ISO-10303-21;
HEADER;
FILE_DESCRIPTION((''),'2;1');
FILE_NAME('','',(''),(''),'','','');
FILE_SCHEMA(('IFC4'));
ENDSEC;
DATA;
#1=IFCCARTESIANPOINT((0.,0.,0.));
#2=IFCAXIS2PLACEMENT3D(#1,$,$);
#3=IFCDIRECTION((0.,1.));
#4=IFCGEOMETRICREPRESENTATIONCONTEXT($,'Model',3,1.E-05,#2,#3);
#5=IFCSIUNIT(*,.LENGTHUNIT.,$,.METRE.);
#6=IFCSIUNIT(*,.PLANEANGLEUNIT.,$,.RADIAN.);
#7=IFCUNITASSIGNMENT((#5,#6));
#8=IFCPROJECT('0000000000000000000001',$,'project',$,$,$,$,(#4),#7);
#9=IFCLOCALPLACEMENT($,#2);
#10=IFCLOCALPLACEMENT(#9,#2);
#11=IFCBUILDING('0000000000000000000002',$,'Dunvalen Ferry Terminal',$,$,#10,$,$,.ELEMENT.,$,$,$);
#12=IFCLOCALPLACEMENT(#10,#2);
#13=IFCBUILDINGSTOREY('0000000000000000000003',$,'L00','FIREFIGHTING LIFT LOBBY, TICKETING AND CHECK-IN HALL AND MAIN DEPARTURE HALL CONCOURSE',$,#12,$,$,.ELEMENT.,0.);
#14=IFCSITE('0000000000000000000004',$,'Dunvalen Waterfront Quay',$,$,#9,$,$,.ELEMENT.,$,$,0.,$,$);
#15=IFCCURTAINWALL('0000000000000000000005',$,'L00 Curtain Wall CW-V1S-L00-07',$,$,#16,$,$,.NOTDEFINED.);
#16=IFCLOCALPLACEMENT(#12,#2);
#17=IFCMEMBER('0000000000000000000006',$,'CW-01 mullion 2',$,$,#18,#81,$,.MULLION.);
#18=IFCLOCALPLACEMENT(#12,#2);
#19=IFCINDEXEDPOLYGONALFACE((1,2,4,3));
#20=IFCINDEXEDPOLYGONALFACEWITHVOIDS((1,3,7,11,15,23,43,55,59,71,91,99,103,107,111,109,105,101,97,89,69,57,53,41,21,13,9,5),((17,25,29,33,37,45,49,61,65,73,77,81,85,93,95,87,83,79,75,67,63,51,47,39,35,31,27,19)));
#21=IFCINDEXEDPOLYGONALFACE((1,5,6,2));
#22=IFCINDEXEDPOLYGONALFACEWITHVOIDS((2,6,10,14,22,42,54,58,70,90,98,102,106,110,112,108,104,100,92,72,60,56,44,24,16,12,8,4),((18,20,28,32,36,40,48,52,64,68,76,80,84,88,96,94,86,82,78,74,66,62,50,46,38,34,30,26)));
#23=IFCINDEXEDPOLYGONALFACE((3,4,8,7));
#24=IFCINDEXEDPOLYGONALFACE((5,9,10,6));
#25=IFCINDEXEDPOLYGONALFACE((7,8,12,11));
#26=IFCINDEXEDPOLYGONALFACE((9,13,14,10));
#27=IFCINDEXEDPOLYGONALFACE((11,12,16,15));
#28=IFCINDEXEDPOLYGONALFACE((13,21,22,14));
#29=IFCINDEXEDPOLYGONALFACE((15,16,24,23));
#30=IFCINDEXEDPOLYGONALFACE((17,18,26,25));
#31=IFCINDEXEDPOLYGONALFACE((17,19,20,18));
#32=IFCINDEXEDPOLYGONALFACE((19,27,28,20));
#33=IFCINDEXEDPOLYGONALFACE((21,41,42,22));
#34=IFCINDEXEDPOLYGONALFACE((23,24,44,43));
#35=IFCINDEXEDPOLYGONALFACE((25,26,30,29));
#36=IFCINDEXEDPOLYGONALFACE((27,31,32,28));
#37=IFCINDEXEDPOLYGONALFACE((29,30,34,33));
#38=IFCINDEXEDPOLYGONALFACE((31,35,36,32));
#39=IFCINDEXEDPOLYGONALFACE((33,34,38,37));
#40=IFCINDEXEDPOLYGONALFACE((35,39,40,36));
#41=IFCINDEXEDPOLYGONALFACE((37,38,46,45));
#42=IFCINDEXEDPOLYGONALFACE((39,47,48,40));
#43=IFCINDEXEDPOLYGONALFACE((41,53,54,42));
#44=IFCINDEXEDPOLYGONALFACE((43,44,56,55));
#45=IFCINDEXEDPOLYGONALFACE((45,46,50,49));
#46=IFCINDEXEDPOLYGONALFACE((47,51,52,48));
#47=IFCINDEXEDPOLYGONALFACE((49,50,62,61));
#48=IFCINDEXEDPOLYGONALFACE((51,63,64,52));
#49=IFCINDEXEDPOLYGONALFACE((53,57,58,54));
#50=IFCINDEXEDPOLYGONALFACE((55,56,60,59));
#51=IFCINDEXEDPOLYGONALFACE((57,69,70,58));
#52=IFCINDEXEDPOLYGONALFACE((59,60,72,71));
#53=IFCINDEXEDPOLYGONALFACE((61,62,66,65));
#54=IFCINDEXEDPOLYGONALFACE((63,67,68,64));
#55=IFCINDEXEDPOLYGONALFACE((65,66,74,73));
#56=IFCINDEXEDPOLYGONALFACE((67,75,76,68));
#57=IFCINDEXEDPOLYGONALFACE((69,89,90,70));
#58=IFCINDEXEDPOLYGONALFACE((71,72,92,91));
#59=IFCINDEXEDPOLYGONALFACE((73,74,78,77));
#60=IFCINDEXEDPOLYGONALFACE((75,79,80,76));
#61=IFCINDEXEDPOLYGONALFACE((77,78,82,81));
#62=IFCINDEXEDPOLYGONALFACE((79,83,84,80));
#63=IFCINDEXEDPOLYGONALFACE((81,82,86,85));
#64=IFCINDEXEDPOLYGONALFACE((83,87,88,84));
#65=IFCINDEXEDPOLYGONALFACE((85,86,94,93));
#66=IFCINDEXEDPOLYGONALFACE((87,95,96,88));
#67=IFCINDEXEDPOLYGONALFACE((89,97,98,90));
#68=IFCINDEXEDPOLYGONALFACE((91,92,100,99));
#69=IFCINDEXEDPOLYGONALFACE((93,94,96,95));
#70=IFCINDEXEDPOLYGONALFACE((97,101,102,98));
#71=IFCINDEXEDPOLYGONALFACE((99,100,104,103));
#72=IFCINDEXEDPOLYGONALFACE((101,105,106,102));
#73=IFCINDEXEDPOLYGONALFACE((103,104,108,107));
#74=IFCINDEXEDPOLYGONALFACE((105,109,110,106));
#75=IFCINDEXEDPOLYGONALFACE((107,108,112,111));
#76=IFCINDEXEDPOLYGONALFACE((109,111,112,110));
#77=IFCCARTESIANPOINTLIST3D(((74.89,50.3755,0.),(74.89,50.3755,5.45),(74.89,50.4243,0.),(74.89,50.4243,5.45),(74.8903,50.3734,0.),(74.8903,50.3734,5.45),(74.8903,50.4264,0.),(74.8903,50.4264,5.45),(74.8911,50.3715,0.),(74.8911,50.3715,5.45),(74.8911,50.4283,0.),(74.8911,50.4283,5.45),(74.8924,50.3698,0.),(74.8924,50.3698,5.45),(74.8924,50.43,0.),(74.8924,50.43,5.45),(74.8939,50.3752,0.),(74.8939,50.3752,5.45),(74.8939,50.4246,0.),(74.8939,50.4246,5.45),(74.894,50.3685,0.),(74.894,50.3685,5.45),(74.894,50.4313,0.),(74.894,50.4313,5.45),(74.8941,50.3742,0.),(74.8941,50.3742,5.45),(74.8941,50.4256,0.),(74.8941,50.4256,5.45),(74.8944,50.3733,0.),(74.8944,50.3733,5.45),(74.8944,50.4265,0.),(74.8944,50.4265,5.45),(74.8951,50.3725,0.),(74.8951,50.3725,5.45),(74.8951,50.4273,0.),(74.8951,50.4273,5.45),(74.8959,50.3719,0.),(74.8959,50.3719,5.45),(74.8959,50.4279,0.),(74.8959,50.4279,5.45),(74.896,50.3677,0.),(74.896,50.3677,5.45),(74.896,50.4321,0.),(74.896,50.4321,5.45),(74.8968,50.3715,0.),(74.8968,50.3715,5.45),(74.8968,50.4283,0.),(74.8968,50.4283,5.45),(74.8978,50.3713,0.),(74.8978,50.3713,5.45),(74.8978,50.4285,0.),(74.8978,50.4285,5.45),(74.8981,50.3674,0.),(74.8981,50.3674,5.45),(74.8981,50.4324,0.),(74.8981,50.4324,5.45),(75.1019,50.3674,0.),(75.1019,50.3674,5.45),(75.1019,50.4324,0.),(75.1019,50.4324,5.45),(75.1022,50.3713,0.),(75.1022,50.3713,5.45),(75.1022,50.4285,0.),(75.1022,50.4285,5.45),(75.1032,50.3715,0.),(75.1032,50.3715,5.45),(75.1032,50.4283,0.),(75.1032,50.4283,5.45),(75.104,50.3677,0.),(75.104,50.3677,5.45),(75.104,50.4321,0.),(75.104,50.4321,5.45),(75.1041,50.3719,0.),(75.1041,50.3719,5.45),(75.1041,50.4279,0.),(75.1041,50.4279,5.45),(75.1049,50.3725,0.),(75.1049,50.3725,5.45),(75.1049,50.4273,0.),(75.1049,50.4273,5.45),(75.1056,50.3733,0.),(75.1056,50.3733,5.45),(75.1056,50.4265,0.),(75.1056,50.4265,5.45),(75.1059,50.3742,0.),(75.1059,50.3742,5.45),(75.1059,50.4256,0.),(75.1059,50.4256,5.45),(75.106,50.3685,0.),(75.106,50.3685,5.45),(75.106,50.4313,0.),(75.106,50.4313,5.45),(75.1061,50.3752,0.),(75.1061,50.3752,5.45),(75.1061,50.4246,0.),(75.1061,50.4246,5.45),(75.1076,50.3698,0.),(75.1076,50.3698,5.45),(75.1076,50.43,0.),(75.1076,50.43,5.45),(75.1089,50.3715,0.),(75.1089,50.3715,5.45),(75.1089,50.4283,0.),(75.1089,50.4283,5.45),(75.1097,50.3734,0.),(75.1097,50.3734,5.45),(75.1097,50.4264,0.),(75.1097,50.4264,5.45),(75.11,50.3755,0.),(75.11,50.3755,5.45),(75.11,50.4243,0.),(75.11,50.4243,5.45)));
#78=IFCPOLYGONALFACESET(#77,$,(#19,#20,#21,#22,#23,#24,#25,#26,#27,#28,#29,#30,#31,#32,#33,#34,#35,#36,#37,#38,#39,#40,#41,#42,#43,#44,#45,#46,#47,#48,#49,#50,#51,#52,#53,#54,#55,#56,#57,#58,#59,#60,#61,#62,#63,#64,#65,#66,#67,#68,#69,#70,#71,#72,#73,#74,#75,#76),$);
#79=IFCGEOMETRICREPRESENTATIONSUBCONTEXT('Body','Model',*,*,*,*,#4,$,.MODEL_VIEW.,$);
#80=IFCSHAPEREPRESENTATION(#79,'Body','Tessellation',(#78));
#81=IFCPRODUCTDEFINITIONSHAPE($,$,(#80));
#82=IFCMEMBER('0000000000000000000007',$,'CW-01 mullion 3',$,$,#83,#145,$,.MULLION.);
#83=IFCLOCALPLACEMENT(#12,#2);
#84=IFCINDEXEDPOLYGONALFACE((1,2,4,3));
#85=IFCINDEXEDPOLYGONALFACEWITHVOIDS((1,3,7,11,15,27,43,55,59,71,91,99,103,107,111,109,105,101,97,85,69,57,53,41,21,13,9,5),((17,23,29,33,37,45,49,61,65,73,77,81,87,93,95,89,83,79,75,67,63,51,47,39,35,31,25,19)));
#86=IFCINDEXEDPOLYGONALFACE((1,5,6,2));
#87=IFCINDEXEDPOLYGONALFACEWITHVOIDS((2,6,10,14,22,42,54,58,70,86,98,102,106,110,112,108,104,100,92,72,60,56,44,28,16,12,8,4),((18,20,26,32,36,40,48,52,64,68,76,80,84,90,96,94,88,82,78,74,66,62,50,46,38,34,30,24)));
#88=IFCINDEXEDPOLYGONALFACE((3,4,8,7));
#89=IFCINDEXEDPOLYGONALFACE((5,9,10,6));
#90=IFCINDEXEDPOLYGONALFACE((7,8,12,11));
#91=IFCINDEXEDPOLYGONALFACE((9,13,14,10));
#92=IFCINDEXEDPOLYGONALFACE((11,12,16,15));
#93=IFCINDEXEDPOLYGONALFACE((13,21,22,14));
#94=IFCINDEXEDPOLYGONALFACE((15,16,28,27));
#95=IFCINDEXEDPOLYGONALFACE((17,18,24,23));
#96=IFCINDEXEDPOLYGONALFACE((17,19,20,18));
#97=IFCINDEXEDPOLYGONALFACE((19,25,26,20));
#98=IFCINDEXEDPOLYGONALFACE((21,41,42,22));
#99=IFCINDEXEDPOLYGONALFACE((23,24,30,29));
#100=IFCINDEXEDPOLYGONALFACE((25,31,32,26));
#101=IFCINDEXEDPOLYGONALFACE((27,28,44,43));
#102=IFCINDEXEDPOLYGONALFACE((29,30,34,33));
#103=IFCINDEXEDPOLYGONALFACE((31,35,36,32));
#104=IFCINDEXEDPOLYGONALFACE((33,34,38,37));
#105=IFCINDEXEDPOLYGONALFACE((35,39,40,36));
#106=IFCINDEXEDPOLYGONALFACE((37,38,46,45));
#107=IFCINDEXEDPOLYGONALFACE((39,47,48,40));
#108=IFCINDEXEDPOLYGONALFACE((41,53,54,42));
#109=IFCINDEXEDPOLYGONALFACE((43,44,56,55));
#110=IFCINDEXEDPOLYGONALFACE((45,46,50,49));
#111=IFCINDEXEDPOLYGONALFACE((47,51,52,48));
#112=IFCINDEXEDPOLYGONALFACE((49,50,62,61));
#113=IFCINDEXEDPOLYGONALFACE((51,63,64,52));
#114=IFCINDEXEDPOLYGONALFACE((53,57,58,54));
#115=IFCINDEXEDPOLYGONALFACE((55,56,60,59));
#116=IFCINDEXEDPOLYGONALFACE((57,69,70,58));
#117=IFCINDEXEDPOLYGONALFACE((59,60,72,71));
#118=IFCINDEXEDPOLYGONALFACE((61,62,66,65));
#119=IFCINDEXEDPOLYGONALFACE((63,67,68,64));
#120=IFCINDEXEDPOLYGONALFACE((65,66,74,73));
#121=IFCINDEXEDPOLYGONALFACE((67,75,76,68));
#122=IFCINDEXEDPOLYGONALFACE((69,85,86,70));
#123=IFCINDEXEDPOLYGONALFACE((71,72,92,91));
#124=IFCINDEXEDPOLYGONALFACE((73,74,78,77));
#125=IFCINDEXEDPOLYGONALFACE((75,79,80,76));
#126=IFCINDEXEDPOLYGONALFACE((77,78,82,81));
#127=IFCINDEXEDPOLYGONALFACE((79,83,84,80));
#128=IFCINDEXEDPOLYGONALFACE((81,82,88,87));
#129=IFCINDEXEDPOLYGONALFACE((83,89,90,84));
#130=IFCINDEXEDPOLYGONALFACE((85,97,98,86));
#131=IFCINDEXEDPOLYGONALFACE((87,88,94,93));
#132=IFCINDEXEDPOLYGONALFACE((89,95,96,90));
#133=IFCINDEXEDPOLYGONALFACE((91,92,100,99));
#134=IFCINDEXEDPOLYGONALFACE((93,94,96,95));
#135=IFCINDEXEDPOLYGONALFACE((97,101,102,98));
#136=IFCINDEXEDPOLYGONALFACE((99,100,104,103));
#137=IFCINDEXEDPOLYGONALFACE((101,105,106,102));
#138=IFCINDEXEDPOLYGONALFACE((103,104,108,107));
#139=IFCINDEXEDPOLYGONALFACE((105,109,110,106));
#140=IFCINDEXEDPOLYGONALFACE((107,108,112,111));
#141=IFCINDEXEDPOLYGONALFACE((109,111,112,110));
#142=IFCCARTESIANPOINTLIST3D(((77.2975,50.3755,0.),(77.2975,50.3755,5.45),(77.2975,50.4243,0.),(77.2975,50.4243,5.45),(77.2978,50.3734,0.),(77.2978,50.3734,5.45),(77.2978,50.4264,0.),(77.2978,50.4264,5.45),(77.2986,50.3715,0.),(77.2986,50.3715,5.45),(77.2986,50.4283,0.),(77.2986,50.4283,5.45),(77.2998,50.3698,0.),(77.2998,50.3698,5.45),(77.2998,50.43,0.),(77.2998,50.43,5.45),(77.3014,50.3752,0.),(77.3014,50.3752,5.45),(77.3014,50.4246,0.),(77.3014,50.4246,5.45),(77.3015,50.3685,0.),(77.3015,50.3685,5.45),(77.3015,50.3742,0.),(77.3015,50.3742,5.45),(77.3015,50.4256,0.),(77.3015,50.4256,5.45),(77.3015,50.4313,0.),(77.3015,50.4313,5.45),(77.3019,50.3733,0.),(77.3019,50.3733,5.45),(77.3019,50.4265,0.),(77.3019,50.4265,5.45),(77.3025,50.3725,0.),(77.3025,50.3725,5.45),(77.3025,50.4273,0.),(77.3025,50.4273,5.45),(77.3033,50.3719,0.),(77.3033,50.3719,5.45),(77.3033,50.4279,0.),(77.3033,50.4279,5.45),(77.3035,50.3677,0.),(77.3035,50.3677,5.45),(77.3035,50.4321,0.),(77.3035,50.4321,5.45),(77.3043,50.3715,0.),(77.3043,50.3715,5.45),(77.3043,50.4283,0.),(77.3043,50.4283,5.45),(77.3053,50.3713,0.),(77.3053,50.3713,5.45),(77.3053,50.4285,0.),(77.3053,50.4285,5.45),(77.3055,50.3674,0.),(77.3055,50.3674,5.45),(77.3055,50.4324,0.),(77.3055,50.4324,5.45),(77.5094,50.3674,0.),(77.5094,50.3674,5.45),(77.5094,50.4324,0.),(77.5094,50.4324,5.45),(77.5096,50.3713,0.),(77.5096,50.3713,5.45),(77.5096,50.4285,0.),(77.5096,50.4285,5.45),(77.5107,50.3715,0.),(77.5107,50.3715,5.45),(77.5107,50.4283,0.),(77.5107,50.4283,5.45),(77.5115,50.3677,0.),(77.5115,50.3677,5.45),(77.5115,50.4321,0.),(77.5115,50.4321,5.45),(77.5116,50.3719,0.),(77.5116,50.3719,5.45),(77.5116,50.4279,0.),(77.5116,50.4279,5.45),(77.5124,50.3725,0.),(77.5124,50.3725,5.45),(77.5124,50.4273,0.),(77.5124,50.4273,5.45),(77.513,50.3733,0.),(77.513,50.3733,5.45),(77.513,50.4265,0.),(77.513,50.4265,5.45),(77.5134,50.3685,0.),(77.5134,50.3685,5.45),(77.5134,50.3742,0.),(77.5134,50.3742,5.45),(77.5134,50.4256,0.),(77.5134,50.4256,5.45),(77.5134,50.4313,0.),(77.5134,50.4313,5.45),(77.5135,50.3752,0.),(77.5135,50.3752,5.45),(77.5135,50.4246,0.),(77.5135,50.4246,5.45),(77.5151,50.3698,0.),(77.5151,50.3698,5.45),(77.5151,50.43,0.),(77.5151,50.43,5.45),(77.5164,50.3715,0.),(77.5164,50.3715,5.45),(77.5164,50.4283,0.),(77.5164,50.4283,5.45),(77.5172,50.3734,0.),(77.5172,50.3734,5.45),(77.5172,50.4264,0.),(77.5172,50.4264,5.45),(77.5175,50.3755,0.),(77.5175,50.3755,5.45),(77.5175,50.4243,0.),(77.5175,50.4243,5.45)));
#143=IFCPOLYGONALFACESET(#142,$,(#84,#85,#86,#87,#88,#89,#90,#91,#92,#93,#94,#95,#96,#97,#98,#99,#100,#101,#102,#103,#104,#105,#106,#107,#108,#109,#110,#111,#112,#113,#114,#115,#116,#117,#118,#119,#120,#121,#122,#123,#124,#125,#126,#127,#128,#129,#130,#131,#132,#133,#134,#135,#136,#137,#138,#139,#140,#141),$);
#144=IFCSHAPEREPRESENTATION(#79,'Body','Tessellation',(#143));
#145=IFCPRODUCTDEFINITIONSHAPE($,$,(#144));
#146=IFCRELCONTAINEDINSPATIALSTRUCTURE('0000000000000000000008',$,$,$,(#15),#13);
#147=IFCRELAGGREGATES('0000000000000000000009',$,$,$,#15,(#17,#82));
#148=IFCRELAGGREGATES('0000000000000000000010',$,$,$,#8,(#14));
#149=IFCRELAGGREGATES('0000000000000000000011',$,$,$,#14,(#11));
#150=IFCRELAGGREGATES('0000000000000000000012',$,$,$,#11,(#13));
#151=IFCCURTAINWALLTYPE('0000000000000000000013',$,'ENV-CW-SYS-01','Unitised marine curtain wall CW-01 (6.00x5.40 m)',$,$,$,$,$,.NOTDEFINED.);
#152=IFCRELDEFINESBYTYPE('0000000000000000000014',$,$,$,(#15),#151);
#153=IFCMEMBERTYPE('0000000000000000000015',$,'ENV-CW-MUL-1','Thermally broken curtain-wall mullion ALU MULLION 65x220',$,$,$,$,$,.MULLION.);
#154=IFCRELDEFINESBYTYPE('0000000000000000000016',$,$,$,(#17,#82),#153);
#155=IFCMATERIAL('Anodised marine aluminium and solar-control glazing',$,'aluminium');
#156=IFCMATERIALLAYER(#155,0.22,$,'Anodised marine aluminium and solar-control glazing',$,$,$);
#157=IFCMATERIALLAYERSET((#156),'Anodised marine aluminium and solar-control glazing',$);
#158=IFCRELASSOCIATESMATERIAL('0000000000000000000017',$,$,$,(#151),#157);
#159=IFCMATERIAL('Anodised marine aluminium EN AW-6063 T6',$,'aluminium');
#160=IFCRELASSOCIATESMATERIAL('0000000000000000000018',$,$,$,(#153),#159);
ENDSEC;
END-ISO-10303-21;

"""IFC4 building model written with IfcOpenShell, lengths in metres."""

from ifc_helpers import new_model, si_unit, direction, frame, origin, origin_2d, place, context, subcontext, project, spatial, hollow_rectangle, extrude, material, layer, layer_set, material_profile, profile_set, type_object, element, aggregate, save


model = new_model("IFC4")

# Units and contexts
model_context = context("Model", 3, precision=1e-05, world=origin(), true_north=direction((0.0, 1.0)))
body_context = subcontext(model_context, "Body", "Model", "MODEL_VIEW")
ifc_project = project(units=[si_unit("LENGTHUNIT", "METRE"), si_unit("PLANEANGLEUNIT", "RADIAN")], contexts=[model_context])

# Site, building, storey
site_placement = place(None, origin())
site = spatial("IfcSite", under=ifc_project, at=site_placement, Name="Dunvalen Waterfront Quay", CompositionType="ELEMENT", RefElevation=0.0)
building_placement = place(site_placement, origin())
building = spatial("IfcBuilding", under=site, at=building_placement, Name="Dunvalen Ferry Terminal", CompositionType="ELEMENT")
storey_placement = place(building_placement, origin())
storey = spatial("IfcBuildingStorey", under=building, at=storey_placement, Name="L00", Description="FIREFIGHTING LIFT LOBBY, TICKETING AND CHECK-IN HALL AND MAIN DEPARTURE HALL CONCOURSE", CompositionType="ELEMENT", Elevation=0.0)

# Shared definitions
ifc_material_1 = material(Name="Anodised marine aluminium and solar-control glazing", Category="aluminium")
ifc_layer_1 = layer(ifc_material_1, 0.22, Name="Anodised marine aluminium and solar-control glazing")
ifc_layer_set_1 = layer_set([ifc_layer_1], Name="Anodised marine aluminium and solar-control glazing")
curtain_wall_type = type_object("IfcCurtainWallType", Name="ENV-CW-SYS-01", Description="Unitised marine curtain wall CW-01 (6.00x5.40 m)", PredefinedType="NOTDEFINED", material=ifc_layer_set_1)
ifc_material_2 = material(Name="Anodised marine aluminium EN AW-6063 T6", Category="aluminium")
ifc_material_profile_1 = material_profile(ifc_material_2, hollow_rectangle(XDim=0.0649, YDim=0.22, WallThickness=0.0039, InnerFilletRadius=0.0039, OuterFilletRadius=0.0081, at=origin_2d()), Name="Anodised marine aluminium EN AW-6063 T6")
ifc_profile_set_1 = profile_set([ifc_material_profile_1], Name="Anodised marine aluminium EN AW-6063 T6")
member_type_1 = type_object("IfcMemberType", Name="ENV-CW-MUL-1", Description="Thermally broken curtain-wall mullion ALU MULLION 65x220", PredefinedType="MULLION", material=ifc_profile_set_1)

# Curtain wall, members
curtain_wall_1_placement = place(storey_placement, origin())
curtain_wall_1 = element("IfcCurtainWall", 1, at=curtain_wall_1_placement, inside=storey, type_object=curtain_wall_type, Name="L00 Curtain Wall CW-V1S-L00-07", PredefinedType="NOTDEFINED")
member_1_placement = place(storey_placement, frame((75.0, 50.3999, 0.0), z_axis=(0.0, 0.0, 1.0), x_axis=(0.0, 1.0, 0.0)))
member_1 = element("IfcMember", 2, at=member_1_placement, type_object=member_type_1, Name="CW-01 mullion 2", PredefinedType="MULLION", context=body_context, shape_type="SweptSolid", body=[
    extrude(hollow_rectangle(XDim=0.0649, YDim=0.22, WallThickness=0.0039, InnerFilletRadius=0.0039, OuterFilletRadius=0.0081, at=origin_2d()), origin(), (0.0, 0.0, 1.0), 5.45),
])
member_2_placement = place(storey_placement, frame((77.4075, 50.3999, 0.0), z_axis=(0.0, 0.0, 1.0), x_axis=(0.0, 1.0, 0.0)))
member_2 = element("IfcMember", 3, at=member_2_placement, type_object=member_type_1, Name="CW-01 mullion 3", PredefinedType="MULLION", context=body_context, shape_type="SweptSolid", body=[
    extrude(hollow_rectangle(XDim=0.0649, YDim=0.22, WallThickness=0.0039, InnerFilletRadius=0.0039, OuterFilletRadius=0.0081, at=origin_2d()), origin(), (0.0, 0.0, 1.0), 5.45),
])

aggregate(curtain_wall_1, [member_1, member_2])

save(model, "model.ifc")
